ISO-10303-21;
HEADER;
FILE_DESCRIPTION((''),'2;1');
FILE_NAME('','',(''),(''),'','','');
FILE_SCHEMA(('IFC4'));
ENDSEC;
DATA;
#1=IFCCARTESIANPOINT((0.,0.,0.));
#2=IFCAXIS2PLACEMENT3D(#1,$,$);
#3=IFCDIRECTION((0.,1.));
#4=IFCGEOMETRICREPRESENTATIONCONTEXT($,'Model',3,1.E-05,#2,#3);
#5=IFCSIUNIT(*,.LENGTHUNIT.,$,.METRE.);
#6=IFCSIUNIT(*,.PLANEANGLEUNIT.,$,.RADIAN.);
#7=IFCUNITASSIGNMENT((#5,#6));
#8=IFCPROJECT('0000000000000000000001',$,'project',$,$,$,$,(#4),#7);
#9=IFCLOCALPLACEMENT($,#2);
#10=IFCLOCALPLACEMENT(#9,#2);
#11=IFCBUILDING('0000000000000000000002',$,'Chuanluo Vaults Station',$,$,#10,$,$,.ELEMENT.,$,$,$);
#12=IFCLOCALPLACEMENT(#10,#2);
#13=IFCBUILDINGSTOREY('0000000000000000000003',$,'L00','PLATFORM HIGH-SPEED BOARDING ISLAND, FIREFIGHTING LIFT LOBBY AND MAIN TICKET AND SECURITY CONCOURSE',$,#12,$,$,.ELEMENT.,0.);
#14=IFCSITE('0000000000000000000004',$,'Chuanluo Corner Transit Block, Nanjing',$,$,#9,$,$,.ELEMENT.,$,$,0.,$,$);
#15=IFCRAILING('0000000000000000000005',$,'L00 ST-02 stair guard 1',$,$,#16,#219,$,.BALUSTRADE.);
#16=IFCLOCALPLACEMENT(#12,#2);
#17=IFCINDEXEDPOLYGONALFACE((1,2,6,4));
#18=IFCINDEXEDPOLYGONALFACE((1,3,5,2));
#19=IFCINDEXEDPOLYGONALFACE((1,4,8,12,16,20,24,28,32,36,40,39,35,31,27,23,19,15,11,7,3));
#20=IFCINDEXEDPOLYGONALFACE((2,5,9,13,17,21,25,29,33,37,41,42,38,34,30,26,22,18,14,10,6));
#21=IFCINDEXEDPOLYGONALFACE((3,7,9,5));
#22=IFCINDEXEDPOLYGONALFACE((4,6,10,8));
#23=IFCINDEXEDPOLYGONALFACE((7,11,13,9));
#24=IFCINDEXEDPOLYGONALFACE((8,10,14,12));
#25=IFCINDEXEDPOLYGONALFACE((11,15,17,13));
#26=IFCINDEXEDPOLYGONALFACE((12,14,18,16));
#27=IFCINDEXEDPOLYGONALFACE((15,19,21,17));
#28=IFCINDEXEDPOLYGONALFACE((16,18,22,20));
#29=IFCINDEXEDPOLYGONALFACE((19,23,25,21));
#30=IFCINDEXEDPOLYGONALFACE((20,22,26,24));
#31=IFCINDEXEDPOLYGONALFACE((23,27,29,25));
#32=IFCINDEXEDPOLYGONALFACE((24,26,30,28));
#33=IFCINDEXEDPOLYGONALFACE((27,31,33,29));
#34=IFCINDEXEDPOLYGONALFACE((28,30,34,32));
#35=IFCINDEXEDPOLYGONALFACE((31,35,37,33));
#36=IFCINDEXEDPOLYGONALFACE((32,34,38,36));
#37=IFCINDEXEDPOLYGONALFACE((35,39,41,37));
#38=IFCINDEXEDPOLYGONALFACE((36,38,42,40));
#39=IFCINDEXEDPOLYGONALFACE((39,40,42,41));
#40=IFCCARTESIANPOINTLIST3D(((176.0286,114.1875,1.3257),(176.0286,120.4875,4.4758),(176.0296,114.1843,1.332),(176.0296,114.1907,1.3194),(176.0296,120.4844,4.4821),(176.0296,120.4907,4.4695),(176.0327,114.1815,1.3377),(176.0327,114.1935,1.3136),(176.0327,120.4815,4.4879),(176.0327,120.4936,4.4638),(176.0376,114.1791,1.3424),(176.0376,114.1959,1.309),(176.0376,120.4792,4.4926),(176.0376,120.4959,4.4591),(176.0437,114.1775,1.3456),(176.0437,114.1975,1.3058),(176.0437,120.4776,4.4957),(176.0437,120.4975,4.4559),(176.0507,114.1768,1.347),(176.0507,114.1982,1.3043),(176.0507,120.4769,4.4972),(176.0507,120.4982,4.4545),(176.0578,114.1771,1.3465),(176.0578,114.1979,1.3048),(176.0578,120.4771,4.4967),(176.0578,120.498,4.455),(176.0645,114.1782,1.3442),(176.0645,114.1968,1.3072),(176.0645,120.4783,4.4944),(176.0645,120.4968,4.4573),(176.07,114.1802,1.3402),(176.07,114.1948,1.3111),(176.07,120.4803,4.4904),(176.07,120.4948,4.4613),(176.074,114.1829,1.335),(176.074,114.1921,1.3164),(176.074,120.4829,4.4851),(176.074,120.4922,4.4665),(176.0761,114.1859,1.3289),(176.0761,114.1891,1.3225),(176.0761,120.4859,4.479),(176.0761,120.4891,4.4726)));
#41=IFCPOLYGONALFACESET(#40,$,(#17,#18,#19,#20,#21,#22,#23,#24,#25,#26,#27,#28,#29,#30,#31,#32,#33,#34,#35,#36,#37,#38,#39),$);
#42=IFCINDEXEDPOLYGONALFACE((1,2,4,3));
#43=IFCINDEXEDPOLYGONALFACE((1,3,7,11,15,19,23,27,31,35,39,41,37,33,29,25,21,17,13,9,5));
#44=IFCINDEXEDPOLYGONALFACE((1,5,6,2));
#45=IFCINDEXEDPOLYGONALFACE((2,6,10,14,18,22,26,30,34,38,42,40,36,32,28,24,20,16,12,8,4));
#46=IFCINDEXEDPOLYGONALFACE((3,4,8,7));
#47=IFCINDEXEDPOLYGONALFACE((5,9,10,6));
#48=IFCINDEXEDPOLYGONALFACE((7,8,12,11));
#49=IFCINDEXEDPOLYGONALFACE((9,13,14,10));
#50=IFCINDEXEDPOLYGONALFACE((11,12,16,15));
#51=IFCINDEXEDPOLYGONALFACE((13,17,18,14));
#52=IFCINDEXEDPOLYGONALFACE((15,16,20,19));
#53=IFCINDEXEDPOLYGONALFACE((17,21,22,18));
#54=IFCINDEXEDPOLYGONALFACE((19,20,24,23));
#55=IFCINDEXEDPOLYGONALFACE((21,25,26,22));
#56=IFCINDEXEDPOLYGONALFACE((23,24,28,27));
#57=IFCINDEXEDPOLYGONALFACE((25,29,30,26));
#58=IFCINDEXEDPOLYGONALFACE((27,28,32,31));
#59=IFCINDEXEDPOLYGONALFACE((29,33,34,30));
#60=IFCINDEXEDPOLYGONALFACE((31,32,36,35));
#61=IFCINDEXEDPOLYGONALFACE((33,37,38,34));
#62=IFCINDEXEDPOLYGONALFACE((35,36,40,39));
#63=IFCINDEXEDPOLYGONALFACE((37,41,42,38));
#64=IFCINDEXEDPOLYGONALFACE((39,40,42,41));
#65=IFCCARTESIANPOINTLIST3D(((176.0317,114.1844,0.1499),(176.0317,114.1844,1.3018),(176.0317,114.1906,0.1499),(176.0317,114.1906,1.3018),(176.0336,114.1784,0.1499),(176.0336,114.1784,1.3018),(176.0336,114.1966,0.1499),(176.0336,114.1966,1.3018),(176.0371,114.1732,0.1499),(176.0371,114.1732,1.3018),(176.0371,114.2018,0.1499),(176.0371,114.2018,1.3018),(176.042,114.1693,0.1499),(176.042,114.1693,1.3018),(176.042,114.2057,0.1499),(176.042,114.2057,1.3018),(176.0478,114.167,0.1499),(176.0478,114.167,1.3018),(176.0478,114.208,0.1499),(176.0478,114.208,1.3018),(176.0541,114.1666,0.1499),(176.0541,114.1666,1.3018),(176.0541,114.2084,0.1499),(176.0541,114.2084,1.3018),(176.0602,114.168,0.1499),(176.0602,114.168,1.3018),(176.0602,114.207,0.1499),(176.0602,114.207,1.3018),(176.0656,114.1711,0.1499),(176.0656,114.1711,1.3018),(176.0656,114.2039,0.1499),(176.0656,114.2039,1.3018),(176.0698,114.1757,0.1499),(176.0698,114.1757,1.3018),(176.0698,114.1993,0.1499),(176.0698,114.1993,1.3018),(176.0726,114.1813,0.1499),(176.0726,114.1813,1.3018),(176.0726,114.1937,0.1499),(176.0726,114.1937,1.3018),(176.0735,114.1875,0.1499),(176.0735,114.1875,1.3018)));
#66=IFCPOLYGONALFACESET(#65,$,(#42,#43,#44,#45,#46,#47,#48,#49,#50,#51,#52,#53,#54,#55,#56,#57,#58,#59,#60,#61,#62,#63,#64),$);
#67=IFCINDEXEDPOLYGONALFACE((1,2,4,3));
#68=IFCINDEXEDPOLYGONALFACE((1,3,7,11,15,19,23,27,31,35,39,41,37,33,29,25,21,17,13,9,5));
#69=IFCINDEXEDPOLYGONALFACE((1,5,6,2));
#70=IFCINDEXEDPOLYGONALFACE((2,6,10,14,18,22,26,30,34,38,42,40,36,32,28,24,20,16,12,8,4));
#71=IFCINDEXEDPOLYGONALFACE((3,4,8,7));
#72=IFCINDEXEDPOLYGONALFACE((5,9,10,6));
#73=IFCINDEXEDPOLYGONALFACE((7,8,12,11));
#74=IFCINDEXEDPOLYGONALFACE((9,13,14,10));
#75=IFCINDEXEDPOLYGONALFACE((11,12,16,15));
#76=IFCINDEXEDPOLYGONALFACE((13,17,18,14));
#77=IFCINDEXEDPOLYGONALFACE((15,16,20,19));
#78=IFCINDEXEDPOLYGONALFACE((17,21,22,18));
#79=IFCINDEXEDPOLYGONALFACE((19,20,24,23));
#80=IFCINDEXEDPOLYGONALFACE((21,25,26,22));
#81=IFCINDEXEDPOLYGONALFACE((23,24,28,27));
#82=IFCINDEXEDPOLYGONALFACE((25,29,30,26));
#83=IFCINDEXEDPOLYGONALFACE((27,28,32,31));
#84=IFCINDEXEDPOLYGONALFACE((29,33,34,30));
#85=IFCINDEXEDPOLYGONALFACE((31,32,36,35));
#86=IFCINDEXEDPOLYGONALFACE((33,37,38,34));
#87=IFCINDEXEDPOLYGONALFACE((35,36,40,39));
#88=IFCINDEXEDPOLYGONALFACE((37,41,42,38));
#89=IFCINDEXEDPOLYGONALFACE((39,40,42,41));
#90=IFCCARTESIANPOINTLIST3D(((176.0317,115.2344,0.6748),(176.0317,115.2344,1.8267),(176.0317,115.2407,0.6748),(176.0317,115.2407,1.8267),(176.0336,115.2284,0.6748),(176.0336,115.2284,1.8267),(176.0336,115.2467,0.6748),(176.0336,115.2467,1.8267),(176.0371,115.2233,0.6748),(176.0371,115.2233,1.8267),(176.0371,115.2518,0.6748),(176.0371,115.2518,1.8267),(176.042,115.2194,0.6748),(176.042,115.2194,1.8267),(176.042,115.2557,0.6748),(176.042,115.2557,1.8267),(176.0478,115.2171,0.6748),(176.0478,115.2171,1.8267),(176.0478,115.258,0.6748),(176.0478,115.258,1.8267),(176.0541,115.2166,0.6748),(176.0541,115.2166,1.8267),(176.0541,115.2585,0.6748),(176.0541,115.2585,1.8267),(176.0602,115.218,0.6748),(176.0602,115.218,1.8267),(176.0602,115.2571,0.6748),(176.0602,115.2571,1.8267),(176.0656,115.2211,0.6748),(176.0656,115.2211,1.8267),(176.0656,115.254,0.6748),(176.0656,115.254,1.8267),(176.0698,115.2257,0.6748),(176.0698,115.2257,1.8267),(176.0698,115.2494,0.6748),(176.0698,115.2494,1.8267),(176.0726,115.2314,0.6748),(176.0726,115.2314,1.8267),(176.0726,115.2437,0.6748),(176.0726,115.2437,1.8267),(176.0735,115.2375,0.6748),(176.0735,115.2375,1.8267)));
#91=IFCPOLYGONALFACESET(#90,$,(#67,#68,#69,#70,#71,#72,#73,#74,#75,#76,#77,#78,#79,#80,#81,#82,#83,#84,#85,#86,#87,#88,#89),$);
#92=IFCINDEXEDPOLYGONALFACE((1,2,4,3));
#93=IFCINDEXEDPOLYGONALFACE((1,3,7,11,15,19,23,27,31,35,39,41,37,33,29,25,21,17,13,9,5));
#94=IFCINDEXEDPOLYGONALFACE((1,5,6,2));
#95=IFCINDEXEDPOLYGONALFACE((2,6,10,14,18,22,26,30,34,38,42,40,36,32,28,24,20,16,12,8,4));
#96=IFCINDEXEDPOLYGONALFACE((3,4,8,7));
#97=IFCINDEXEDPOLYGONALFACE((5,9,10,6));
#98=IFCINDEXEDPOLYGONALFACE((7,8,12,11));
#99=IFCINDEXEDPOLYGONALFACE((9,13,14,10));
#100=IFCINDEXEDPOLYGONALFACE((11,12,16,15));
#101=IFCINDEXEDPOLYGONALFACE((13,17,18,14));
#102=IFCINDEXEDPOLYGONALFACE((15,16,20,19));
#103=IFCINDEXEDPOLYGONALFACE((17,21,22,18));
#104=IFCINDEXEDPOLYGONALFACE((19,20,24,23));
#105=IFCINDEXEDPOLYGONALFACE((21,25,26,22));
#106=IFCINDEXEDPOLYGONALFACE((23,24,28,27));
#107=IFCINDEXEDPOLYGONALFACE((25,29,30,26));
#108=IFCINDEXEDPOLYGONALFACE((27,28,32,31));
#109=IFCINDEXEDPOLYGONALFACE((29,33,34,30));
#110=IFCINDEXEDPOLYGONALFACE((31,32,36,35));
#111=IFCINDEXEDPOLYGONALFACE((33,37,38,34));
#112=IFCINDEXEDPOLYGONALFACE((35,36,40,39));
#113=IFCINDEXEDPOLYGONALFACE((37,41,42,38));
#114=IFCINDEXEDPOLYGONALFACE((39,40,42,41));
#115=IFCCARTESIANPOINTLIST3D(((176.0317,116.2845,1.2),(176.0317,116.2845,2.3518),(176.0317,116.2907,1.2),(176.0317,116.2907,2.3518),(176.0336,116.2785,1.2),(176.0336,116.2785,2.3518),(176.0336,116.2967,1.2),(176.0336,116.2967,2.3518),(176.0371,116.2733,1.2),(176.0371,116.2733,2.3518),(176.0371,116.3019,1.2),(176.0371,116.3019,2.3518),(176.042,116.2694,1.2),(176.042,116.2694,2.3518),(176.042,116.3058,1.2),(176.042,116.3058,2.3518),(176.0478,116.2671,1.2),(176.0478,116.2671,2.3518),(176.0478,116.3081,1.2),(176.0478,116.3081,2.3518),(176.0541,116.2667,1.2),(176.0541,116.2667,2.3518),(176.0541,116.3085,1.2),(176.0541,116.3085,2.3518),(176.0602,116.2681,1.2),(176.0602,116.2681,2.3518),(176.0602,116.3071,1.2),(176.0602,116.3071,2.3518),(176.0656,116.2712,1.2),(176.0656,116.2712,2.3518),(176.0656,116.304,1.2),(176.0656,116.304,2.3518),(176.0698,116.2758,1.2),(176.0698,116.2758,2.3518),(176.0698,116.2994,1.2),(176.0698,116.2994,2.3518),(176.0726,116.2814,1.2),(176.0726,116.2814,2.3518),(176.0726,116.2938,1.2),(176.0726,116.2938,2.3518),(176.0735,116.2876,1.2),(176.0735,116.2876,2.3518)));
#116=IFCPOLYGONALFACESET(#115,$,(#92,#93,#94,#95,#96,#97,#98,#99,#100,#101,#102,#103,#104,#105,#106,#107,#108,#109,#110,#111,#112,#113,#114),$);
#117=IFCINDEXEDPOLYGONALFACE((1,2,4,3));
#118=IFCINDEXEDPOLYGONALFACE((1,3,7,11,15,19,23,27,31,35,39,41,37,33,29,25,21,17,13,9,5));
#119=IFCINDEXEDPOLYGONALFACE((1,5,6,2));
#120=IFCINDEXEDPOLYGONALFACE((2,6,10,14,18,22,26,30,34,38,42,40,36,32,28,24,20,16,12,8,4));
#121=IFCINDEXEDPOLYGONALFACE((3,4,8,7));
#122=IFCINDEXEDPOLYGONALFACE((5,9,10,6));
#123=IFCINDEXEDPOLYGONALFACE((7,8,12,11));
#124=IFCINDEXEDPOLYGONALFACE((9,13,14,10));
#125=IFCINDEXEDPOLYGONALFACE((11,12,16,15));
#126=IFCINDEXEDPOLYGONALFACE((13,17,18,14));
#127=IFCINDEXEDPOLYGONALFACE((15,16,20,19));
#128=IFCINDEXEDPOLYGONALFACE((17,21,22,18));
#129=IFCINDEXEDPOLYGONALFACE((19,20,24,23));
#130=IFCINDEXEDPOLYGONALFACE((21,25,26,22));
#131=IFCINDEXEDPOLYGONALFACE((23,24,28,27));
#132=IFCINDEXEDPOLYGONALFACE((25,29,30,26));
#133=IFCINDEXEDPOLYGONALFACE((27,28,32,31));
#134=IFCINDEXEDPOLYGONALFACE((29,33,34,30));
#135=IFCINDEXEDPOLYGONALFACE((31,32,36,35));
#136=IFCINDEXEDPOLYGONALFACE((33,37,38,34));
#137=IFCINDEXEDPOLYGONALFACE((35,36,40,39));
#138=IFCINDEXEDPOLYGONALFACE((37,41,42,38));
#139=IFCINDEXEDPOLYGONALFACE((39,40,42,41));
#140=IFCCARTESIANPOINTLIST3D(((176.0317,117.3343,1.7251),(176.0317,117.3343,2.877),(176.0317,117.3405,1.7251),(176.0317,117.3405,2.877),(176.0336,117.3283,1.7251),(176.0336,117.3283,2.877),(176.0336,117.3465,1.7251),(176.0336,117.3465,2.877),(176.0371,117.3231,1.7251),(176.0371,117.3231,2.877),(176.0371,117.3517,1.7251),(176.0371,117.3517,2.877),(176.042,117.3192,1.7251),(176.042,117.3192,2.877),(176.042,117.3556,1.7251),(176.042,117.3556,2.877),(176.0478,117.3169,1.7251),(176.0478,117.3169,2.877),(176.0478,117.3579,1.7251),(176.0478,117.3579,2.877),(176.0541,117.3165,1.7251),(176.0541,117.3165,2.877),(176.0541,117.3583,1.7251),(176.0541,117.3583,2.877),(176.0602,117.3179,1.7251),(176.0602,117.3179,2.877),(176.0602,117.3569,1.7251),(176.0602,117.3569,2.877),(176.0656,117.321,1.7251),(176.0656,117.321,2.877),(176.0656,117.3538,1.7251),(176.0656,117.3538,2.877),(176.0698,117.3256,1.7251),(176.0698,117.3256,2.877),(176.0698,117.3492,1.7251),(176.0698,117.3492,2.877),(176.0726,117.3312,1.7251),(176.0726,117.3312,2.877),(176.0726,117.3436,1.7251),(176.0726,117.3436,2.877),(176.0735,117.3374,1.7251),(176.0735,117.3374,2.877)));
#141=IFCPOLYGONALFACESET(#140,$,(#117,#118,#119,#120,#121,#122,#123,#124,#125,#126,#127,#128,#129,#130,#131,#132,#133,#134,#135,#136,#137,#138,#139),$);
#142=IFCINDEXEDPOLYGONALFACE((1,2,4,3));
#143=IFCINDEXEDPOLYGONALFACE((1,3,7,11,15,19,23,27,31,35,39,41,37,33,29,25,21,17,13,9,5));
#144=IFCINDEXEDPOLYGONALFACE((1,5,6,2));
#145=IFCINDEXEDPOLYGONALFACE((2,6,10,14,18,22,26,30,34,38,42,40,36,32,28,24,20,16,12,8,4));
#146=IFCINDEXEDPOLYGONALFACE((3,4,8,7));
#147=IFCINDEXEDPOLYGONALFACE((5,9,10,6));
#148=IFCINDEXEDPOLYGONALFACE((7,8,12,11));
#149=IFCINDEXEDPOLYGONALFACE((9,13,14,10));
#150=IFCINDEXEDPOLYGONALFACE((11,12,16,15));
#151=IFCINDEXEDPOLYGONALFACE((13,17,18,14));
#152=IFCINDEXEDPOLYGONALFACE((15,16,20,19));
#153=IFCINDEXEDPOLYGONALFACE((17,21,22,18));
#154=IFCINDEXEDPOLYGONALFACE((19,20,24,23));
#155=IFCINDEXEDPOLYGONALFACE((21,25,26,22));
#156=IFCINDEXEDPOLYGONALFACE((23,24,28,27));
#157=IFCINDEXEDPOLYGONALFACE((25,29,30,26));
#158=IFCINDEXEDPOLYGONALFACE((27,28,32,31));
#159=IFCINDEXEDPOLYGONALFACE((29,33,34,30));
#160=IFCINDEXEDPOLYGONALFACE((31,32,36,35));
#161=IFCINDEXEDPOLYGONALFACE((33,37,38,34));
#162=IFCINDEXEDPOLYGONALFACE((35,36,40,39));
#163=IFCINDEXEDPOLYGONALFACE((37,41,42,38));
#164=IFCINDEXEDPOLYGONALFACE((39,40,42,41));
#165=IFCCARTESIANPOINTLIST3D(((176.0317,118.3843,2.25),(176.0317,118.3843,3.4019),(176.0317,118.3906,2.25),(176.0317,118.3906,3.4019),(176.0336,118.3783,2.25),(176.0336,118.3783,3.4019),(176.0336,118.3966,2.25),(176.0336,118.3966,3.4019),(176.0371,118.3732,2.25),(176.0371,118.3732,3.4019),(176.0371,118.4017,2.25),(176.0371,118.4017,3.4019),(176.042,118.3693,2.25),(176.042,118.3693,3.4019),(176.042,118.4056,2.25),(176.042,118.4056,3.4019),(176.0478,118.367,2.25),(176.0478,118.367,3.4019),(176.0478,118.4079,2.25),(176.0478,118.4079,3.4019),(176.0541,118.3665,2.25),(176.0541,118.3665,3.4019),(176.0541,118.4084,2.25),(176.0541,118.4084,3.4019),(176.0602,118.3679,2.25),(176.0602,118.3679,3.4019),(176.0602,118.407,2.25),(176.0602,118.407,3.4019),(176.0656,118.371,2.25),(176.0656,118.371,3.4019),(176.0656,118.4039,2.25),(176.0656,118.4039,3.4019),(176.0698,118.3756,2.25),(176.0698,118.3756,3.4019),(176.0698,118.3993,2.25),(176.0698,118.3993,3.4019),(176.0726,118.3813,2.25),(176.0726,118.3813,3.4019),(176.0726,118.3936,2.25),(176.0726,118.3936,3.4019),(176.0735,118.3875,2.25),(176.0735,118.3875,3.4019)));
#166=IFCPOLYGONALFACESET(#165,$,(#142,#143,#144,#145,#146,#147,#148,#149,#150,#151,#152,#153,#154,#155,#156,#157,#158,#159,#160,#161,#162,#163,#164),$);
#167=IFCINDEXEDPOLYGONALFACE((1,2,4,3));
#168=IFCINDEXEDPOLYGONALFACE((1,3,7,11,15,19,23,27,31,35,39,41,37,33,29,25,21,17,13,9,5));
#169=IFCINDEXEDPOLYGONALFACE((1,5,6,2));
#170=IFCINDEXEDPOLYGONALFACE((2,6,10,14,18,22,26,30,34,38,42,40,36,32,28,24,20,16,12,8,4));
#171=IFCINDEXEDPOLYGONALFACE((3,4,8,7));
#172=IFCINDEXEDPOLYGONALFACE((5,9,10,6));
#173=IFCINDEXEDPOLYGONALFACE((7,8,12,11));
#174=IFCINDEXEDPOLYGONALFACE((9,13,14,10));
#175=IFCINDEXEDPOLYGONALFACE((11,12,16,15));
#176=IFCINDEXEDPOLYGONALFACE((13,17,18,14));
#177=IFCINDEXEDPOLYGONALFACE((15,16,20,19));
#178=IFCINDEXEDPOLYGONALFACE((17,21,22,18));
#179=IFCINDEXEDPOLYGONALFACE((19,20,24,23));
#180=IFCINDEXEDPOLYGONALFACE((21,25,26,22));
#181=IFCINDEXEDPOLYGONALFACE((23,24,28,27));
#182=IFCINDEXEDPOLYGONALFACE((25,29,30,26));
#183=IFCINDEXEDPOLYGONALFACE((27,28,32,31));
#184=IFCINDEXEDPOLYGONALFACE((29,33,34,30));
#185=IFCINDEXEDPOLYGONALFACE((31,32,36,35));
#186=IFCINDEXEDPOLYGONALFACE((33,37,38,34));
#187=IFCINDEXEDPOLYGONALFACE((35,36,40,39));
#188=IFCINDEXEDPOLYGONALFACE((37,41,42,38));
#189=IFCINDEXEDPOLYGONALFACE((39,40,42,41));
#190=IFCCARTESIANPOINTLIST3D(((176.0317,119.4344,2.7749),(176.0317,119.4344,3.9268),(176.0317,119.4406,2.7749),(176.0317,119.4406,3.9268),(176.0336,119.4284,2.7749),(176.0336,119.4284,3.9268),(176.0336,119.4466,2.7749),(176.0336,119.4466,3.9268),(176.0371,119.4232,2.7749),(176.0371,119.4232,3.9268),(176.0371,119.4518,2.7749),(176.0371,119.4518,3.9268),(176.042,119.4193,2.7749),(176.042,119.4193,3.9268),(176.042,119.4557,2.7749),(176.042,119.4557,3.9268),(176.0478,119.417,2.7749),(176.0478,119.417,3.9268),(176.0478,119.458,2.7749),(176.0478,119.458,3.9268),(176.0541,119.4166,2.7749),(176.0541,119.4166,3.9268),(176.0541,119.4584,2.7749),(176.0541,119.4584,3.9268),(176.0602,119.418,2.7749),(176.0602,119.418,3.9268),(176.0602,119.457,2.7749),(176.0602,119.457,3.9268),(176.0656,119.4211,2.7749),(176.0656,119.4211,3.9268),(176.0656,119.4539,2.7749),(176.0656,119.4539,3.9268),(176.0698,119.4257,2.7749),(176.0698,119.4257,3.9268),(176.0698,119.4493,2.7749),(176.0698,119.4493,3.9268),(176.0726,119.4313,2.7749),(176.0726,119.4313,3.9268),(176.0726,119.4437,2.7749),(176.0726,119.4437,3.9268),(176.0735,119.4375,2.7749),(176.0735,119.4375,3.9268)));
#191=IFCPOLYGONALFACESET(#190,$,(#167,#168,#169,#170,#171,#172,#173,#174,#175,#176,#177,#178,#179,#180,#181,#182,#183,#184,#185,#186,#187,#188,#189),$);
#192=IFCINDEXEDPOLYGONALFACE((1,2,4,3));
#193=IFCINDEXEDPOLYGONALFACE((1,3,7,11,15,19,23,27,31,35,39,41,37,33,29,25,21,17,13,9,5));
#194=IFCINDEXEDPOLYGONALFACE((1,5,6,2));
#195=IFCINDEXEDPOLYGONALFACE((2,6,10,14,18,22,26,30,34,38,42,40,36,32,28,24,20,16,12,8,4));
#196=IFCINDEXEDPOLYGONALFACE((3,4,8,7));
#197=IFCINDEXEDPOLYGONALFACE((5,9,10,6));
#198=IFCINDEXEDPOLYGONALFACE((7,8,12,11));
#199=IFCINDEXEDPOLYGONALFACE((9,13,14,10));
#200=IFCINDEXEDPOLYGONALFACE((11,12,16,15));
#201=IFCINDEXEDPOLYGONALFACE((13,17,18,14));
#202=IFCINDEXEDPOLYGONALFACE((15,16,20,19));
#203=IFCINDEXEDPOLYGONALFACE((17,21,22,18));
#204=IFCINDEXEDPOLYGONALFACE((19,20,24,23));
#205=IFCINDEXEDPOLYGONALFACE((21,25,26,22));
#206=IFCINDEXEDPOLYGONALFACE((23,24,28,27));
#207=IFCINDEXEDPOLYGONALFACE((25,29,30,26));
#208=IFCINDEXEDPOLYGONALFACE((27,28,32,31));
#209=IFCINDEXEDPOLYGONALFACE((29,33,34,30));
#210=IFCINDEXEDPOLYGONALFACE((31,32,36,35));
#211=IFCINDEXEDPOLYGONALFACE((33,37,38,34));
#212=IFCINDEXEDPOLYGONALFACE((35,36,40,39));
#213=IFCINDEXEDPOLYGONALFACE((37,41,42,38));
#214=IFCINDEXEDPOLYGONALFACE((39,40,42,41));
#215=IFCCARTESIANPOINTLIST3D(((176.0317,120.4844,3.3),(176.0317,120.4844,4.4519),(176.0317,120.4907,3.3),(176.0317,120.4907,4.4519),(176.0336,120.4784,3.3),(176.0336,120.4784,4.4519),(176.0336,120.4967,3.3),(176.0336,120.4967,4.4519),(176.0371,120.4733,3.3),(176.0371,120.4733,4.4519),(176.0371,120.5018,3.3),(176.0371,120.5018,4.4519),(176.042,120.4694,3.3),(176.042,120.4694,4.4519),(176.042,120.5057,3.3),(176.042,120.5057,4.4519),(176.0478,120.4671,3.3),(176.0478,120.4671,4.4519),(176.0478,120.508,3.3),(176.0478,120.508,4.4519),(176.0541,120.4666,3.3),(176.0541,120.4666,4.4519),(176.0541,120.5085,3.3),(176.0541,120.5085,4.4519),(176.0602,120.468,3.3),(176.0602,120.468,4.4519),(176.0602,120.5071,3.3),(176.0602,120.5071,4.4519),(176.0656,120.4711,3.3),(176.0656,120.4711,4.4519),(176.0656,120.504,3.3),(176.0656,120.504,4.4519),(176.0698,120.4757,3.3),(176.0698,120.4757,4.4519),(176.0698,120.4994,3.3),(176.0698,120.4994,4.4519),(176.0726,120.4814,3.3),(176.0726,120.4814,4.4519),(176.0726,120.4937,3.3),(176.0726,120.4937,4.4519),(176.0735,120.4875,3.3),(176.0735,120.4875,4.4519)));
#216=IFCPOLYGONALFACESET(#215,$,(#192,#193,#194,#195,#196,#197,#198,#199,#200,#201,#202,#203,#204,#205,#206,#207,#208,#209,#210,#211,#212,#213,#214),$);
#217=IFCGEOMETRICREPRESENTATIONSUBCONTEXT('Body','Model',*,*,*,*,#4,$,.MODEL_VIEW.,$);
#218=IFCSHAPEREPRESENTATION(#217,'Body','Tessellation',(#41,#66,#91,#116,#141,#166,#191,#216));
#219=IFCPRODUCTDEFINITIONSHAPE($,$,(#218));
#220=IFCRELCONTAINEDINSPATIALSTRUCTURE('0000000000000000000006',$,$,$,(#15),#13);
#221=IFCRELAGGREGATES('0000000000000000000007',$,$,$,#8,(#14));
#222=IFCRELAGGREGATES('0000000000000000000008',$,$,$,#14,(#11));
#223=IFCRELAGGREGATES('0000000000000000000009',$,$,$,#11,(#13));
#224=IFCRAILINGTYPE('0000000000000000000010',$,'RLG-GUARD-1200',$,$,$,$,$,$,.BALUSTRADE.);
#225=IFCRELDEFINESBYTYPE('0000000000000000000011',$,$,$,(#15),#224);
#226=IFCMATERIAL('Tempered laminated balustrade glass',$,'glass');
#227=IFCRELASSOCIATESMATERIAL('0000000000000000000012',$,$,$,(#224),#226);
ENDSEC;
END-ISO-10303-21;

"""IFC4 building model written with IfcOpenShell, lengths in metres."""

from ifc_helpers import new_model, si_unit, direction, frame, origin, origin_2d, place, context, subcontext, project, spatial, circle, extrude, material, type_object, element, save


model = new_model("IFC4")

# Units and contexts
model_context = context("Model", 3, precision=1e-05, world=origin(), true_north=direction((0.0, 1.0)))
body_context = subcontext(model_context, "Body", "Model", "MODEL_VIEW")
ifc_project = project(units=[si_unit("LENGTHUNIT", "METRE"), si_unit("PLANEANGLEUNIT", "RADIAN")], contexts=[model_context])

# Site, building, storey
site_placement = place(None, origin())
site = spatial("IfcSite", under=ifc_project, at=site_placement, Name="Chuanluo Corner Transit Block, Nanjing", CompositionType="ELEMENT", RefElevation=0.0)
building_placement = place(site_placement, origin())
building = spatial("IfcBuilding", under=site, at=building_placement, Name="Chuanluo Vaults Station", CompositionType="ELEMENT")
storey_placement = place(building_placement, origin())
storey = spatial("IfcBuildingStorey", under=building, at=storey_placement, Name="L00", Description="PLATFORM HIGH-SPEED BOARDING ISLAND, FIREFIGHTING LIFT LOBBY AND MAIN TICKET AND SECURITY CONCOURSE", CompositionType="ELEMENT", Elevation=0.0)

# Railing
ifc_material_1 = material(Name="Tempered laminated balustrade glass", Category="glass")
railing_type_1 = type_object("IfcRailingType", Name="RLG-GUARD-1200", PredefinedType="BALUSTRADE", material=ifc_material_1)
railing_1_placement = place(storey_placement, frame((176.0525, 114.1875, 0.1499)))
element("IfcRailing", 1, at=railing_1_placement, inside=storey, type_object=railing_type_1, Name="L00 ST-02 stair guard 1", PredefinedType="BALUSTRADE", context=body_context, shape_type="SweptSolid", body=[
    extrude(circle(Radius=0.0239, at=origin_2d()), frame((0.0, 0.0, 1.1758), z_axis=(0.0, 0.89442, 0.447227), x_axis=(-1.0, 0.0, 0.0)), (0.0, 0.0, 1.0), 7.0437),
    extrude(circle(Radius=0.021, at=origin_2d()), origin(), (0.0, 0.0, 1.0), 1.1519),
    extrude(circle(Radius=0.021, at=origin_2d()), frame((0.0, 1.05, 0.5249)), (0.0, 0.0, 1.0), 1.1519),
    extrude(circle(Radius=0.021, at=origin_2d()), frame((0.0, 2.1001, 1.05)), (0.0, 0.0, 1.0), 1.1519),
    extrude(circle(Radius=0.021, at=origin_2d()), frame((0.0, 3.1499, 1.5752)), (0.0, 0.0, 1.0), 1.1519),
    extrude(circle(Radius=0.021, at=origin_2d()), frame((0.0, 4.2, 2.1001)), (0.0, 0.0, 1.0), 1.1519),
    extrude(circle(Radius=0.021, at=origin_2d()), frame((0.0, 5.25, 2.625)), (0.0, 0.0, 1.0), 1.1519),
    extrude(circle(Radius=0.021, at=origin_2d()), frame((0.0, 6.3, 3.1501)), (0.0, 0.0, 1.0), 1.1519),
])

save(model, "model.ifc")
